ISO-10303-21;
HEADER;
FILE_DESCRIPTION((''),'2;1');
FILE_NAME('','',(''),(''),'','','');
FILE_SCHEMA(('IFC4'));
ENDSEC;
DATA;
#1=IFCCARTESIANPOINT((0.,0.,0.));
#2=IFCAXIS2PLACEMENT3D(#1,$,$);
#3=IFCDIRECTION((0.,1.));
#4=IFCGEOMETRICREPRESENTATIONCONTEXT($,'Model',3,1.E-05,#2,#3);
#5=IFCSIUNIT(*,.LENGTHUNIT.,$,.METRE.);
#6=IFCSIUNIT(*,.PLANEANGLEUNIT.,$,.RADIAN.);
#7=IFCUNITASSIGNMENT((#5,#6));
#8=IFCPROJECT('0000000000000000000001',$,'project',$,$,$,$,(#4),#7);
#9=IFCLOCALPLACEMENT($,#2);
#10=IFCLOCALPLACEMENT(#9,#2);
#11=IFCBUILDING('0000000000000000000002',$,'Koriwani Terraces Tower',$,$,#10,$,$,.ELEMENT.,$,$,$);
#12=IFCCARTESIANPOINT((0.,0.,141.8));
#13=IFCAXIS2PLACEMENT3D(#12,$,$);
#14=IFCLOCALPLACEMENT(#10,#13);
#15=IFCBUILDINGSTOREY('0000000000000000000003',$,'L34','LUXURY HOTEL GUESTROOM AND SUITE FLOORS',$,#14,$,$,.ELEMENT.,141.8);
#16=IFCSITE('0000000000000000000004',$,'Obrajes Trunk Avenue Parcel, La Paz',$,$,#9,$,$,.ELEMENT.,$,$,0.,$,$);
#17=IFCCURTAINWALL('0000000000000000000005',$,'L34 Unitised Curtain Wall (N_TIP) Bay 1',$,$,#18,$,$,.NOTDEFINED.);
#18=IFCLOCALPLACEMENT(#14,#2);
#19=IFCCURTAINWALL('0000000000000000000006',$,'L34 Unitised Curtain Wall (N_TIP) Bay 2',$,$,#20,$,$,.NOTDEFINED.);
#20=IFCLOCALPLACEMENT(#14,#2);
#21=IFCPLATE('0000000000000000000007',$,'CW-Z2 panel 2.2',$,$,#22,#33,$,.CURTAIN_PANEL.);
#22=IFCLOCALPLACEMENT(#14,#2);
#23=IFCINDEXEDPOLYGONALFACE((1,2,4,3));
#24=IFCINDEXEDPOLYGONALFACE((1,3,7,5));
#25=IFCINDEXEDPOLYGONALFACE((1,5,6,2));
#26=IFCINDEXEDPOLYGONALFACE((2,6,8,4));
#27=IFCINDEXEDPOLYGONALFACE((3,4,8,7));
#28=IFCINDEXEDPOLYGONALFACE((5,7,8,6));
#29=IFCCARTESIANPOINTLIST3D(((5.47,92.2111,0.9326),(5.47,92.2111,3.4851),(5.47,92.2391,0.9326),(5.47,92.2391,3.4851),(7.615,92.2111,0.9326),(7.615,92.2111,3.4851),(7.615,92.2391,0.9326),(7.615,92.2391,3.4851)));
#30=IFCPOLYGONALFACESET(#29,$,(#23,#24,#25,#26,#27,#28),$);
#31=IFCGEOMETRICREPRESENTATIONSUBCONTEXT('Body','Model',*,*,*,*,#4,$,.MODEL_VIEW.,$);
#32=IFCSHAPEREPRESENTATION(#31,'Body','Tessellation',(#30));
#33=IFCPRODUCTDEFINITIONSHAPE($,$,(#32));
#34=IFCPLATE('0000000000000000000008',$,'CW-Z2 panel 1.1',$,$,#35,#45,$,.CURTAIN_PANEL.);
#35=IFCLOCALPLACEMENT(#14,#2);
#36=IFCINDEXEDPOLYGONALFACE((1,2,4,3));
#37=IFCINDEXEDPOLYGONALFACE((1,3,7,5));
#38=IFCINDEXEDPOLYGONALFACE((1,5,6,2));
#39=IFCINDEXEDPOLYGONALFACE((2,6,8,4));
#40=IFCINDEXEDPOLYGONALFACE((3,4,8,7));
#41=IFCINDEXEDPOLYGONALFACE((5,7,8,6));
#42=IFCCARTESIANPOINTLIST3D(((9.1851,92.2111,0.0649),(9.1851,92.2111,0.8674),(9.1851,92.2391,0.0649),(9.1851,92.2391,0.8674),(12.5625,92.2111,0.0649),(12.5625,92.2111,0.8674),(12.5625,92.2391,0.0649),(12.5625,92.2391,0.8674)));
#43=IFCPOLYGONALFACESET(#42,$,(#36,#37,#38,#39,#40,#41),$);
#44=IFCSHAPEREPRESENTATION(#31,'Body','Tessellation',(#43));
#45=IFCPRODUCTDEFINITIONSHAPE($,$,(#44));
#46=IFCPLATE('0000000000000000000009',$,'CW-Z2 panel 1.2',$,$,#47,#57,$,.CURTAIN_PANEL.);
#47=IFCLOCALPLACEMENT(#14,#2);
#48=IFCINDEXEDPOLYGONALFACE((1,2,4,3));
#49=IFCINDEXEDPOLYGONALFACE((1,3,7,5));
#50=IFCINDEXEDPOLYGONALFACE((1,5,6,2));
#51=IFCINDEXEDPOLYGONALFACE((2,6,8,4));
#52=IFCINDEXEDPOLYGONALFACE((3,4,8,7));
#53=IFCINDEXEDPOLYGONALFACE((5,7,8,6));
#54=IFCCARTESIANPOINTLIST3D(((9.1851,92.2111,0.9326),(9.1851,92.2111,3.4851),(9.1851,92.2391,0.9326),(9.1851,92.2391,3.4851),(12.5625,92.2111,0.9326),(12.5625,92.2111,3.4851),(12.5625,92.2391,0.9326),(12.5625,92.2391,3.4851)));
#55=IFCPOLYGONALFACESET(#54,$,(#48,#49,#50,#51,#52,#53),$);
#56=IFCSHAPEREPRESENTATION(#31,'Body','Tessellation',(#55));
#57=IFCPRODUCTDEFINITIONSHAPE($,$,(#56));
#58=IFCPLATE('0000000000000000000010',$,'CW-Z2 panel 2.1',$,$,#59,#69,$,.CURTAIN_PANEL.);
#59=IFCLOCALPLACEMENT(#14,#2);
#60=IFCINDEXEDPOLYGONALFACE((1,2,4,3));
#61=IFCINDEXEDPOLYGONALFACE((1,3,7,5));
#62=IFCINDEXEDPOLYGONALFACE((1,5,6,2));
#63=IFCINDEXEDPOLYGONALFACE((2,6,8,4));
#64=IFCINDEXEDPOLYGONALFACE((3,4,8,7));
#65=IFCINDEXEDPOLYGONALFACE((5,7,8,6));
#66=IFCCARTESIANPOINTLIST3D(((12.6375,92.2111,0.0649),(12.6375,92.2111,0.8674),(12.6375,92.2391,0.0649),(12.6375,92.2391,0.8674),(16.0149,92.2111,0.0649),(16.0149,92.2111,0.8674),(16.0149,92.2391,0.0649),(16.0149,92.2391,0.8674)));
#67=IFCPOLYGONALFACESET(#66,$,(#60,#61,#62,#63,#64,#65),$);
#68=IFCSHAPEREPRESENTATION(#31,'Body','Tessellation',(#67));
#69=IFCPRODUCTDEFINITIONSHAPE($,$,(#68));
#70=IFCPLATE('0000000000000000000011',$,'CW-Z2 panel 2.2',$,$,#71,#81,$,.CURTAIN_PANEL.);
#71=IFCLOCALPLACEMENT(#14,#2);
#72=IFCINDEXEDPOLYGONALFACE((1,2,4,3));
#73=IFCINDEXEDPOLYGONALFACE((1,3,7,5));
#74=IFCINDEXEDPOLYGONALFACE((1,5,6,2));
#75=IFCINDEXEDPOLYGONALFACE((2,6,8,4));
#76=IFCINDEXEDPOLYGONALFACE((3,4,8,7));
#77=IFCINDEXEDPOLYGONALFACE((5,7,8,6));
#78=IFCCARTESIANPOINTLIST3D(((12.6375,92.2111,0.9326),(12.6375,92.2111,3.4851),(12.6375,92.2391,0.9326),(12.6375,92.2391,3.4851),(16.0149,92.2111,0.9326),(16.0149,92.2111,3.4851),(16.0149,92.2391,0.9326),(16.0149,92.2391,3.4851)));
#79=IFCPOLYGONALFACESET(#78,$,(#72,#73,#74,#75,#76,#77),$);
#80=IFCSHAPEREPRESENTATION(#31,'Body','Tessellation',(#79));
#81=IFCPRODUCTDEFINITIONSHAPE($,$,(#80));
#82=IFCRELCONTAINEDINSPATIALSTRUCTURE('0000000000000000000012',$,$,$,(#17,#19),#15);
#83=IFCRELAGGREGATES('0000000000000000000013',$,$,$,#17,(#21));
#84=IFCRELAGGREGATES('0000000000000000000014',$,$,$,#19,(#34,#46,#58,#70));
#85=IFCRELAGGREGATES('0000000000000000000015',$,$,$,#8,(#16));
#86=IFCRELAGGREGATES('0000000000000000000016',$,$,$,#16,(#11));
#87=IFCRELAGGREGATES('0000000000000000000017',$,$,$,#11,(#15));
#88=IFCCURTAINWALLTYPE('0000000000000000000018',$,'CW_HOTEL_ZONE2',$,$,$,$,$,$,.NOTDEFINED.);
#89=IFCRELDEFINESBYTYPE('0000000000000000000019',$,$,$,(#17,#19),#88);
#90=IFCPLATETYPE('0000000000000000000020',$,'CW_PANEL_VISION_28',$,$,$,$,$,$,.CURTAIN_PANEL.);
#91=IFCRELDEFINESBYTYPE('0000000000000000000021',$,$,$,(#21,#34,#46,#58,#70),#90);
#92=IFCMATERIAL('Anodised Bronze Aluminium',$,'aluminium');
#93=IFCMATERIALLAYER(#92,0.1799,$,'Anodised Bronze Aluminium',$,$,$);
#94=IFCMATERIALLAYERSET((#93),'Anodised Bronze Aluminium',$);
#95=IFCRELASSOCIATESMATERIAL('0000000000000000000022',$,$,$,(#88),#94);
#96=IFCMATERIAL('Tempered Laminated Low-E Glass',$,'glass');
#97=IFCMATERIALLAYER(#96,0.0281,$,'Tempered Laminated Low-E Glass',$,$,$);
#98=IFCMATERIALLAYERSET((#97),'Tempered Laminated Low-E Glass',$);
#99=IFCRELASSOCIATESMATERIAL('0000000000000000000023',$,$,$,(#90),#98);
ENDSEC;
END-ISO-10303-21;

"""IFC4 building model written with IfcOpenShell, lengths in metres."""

from ifc_helpers import new_model, si_unit, direction, frame, origin, origin_2d, place, context, subcontext, project, spatial, rectangle, extrude, material, layer, layer_set, type_object, element, aggregate, save


model = new_model("IFC4")

# Units and contexts
model_context = context("Model", 3, precision=1e-05, world=origin(), true_north=direction((0.0, 1.0)))
body_context = subcontext(model_context, "Body", "Model", "MODEL_VIEW")
ifc_project = project(units=[si_unit("LENGTHUNIT", "METRE"), si_unit("PLANEANGLEUNIT", "RADIAN")], contexts=[model_context])

# Site, building, storey
site_placement = place(None, origin())
site = spatial("IfcSite", under=ifc_project, at=site_placement, Name="Obrajes Trunk Avenue Parcel, La Paz", CompositionType="ELEMENT", RefElevation=0.0)
building_placement = place(site_placement, origin())
building = spatial("IfcBuilding", under=site, at=building_placement, Name="Koriwani Terraces Tower", CompositionType="ELEMENT")
storey_placement = place(building_placement, frame((0.0, 0.0, 141.8)))
storey = spatial("IfcBuildingStorey", under=building, at=storey_placement, Name="L34", Description="LUXURY HOTEL GUESTROOM AND SUITE FLOORS", CompositionType="ELEMENT", Elevation=141.8)

# Curtain walls
ifc_material_1 = material(Name="Anodised Bronze Aluminium", Category="aluminium")
ifc_layer_1 = layer(ifc_material_1, 0.1799, Name="Anodised Bronze Aluminium")
ifc_layer_set_1 = layer_set([ifc_layer_1], Name="Anodised Bronze Aluminium")
curtain_wall_type = type_object("IfcCurtainWallType", Name="CW_HOTEL_ZONE2", PredefinedType="NOTDEFINED", material=ifc_layer_set_1)
curtain_wall_1_placement = place(storey_placement, origin())
curtain_wall_1 = element("IfcCurtainWall", 1, at=curtain_wall_1_placement, inside=storey, type_object=curtain_wall_type, Name="L34 Unitised Curtain Wall (N_TIP) Bay 1", PredefinedType="NOTDEFINED")
curtain_wall_2_placement = place(storey_placement, origin())
curtain_wall_2 = element("IfcCurtainWall", 2, at=curtain_wall_2_placement, inside=storey, type_object=curtain_wall_type, Name="L34 Unitised Curtain Wall (N_TIP) Bay 2", PredefinedType="NOTDEFINED")

# Plates
ifc_material_2 = material(Name="Tempered Laminated Low-E Glass", Category="glass")
ifc_layer_2 = layer(ifc_material_2, 0.0281, Name="Tempered Laminated Low-E Glass")
ifc_layer_set_2 = layer_set([ifc_layer_2], Name="Tempered Laminated Low-E Glass")
plate_type = type_object("IfcPlateType", Name="CW_PANEL_VISION_28", PredefinedType="CURTAIN_PANEL", material=ifc_layer_set_2)
plate_1_placement = place(storey_placement, frame((6.5425, 92.2251, 0.9326), z_axis=(0.0, 0.0, 1.0), x_axis=(1.0, 0.0, 0.0)))
plate_1 = element("IfcPlate", 3, at=plate_1_placement, type_object=plate_type, Name="CW-Z2 panel 2.2", PredefinedType="CURTAIN_PANEL", context=body_context, shape_type="SweptSolid", body=[
    extrude(rectangle(XDim=2.145, YDim=0.0281, at=origin_2d()), origin(), (0.0, 0.0, 1.0), 2.5525),
])
aggregate(curtain_wall_1, [plate_1])
plate_2_placement = place(storey_placement, frame((10.8738, 92.2251, 0.0649), z_axis=(0.0, 0.0, 1.0), x_axis=(1.0, 0.0, 0.0)))
plate_2 = element("IfcPlate", 4, at=plate_2_placement, type_object=plate_type, Name="CW-Z2 panel 1.1", PredefinedType="CURTAIN_PANEL", context=body_context, shape_type="SweptSolid", body=[
    extrude(rectangle(XDim=3.3774, YDim=0.0281, at=origin_2d()), origin(), (0.0, 0.0, 1.0), 0.8025),
])
plate_3_placement = place(storey_placement, frame((10.8738, 92.2251, 0.9326), z_axis=(0.0, 0.0, 1.0), x_axis=(1.0, 0.0, 0.0)))
plate_3 = element("IfcPlate", 5, at=plate_3_placement, type_object=plate_type, Name="CW-Z2 panel 1.2", PredefinedType="CURTAIN_PANEL", context=body_context, shape_type="SweptSolid", body=[
    extrude(rectangle(XDim=3.3774, YDim=0.0281, at=origin_2d()), origin(), (0.0, 0.0, 1.0), 2.5525),
])
plate_4_placement = place(storey_placement, frame((14.3262, 92.2251, 0.0649), z_axis=(0.0, 0.0, 1.0), x_axis=(1.0, 0.0, 0.0)))
plate_4 = element("IfcPlate", 6, at=plate_4_placement, type_object=plate_type, Name="CW-Z2 panel 2.1", PredefinedType="CURTAIN_PANEL", context=body_context, shape_type="SweptSolid", body=[
    extrude(rectangle(XDim=3.3774, YDim=0.0281, at=origin_2d()), origin(), (0.0, 0.0, 1.0), 0.8025),
])
plate_5_placement = place(storey_placement, frame((14.3262, 92.2251, 0.9326), z_axis=(0.0, 0.0, 1.0), x_axis=(1.0, 0.0, 0.0)))
plate_5 = element("IfcPlate", 7, at=plate_5_placement, type_object=plate_type, Name="CW-Z2 panel 2.2", PredefinedType="CURTAIN_PANEL", context=body_context, shape_type="SweptSolid", body=[
    extrude(rectangle(XDim=3.3774, YDim=0.0281, at=origin_2d()), origin(), (0.0, 0.0, 1.0), 2.5525),
])
aggregate(curtain_wall_2, [plate_2, plate_3, plate_4, plate_5])

save(model, "model.ifc")
